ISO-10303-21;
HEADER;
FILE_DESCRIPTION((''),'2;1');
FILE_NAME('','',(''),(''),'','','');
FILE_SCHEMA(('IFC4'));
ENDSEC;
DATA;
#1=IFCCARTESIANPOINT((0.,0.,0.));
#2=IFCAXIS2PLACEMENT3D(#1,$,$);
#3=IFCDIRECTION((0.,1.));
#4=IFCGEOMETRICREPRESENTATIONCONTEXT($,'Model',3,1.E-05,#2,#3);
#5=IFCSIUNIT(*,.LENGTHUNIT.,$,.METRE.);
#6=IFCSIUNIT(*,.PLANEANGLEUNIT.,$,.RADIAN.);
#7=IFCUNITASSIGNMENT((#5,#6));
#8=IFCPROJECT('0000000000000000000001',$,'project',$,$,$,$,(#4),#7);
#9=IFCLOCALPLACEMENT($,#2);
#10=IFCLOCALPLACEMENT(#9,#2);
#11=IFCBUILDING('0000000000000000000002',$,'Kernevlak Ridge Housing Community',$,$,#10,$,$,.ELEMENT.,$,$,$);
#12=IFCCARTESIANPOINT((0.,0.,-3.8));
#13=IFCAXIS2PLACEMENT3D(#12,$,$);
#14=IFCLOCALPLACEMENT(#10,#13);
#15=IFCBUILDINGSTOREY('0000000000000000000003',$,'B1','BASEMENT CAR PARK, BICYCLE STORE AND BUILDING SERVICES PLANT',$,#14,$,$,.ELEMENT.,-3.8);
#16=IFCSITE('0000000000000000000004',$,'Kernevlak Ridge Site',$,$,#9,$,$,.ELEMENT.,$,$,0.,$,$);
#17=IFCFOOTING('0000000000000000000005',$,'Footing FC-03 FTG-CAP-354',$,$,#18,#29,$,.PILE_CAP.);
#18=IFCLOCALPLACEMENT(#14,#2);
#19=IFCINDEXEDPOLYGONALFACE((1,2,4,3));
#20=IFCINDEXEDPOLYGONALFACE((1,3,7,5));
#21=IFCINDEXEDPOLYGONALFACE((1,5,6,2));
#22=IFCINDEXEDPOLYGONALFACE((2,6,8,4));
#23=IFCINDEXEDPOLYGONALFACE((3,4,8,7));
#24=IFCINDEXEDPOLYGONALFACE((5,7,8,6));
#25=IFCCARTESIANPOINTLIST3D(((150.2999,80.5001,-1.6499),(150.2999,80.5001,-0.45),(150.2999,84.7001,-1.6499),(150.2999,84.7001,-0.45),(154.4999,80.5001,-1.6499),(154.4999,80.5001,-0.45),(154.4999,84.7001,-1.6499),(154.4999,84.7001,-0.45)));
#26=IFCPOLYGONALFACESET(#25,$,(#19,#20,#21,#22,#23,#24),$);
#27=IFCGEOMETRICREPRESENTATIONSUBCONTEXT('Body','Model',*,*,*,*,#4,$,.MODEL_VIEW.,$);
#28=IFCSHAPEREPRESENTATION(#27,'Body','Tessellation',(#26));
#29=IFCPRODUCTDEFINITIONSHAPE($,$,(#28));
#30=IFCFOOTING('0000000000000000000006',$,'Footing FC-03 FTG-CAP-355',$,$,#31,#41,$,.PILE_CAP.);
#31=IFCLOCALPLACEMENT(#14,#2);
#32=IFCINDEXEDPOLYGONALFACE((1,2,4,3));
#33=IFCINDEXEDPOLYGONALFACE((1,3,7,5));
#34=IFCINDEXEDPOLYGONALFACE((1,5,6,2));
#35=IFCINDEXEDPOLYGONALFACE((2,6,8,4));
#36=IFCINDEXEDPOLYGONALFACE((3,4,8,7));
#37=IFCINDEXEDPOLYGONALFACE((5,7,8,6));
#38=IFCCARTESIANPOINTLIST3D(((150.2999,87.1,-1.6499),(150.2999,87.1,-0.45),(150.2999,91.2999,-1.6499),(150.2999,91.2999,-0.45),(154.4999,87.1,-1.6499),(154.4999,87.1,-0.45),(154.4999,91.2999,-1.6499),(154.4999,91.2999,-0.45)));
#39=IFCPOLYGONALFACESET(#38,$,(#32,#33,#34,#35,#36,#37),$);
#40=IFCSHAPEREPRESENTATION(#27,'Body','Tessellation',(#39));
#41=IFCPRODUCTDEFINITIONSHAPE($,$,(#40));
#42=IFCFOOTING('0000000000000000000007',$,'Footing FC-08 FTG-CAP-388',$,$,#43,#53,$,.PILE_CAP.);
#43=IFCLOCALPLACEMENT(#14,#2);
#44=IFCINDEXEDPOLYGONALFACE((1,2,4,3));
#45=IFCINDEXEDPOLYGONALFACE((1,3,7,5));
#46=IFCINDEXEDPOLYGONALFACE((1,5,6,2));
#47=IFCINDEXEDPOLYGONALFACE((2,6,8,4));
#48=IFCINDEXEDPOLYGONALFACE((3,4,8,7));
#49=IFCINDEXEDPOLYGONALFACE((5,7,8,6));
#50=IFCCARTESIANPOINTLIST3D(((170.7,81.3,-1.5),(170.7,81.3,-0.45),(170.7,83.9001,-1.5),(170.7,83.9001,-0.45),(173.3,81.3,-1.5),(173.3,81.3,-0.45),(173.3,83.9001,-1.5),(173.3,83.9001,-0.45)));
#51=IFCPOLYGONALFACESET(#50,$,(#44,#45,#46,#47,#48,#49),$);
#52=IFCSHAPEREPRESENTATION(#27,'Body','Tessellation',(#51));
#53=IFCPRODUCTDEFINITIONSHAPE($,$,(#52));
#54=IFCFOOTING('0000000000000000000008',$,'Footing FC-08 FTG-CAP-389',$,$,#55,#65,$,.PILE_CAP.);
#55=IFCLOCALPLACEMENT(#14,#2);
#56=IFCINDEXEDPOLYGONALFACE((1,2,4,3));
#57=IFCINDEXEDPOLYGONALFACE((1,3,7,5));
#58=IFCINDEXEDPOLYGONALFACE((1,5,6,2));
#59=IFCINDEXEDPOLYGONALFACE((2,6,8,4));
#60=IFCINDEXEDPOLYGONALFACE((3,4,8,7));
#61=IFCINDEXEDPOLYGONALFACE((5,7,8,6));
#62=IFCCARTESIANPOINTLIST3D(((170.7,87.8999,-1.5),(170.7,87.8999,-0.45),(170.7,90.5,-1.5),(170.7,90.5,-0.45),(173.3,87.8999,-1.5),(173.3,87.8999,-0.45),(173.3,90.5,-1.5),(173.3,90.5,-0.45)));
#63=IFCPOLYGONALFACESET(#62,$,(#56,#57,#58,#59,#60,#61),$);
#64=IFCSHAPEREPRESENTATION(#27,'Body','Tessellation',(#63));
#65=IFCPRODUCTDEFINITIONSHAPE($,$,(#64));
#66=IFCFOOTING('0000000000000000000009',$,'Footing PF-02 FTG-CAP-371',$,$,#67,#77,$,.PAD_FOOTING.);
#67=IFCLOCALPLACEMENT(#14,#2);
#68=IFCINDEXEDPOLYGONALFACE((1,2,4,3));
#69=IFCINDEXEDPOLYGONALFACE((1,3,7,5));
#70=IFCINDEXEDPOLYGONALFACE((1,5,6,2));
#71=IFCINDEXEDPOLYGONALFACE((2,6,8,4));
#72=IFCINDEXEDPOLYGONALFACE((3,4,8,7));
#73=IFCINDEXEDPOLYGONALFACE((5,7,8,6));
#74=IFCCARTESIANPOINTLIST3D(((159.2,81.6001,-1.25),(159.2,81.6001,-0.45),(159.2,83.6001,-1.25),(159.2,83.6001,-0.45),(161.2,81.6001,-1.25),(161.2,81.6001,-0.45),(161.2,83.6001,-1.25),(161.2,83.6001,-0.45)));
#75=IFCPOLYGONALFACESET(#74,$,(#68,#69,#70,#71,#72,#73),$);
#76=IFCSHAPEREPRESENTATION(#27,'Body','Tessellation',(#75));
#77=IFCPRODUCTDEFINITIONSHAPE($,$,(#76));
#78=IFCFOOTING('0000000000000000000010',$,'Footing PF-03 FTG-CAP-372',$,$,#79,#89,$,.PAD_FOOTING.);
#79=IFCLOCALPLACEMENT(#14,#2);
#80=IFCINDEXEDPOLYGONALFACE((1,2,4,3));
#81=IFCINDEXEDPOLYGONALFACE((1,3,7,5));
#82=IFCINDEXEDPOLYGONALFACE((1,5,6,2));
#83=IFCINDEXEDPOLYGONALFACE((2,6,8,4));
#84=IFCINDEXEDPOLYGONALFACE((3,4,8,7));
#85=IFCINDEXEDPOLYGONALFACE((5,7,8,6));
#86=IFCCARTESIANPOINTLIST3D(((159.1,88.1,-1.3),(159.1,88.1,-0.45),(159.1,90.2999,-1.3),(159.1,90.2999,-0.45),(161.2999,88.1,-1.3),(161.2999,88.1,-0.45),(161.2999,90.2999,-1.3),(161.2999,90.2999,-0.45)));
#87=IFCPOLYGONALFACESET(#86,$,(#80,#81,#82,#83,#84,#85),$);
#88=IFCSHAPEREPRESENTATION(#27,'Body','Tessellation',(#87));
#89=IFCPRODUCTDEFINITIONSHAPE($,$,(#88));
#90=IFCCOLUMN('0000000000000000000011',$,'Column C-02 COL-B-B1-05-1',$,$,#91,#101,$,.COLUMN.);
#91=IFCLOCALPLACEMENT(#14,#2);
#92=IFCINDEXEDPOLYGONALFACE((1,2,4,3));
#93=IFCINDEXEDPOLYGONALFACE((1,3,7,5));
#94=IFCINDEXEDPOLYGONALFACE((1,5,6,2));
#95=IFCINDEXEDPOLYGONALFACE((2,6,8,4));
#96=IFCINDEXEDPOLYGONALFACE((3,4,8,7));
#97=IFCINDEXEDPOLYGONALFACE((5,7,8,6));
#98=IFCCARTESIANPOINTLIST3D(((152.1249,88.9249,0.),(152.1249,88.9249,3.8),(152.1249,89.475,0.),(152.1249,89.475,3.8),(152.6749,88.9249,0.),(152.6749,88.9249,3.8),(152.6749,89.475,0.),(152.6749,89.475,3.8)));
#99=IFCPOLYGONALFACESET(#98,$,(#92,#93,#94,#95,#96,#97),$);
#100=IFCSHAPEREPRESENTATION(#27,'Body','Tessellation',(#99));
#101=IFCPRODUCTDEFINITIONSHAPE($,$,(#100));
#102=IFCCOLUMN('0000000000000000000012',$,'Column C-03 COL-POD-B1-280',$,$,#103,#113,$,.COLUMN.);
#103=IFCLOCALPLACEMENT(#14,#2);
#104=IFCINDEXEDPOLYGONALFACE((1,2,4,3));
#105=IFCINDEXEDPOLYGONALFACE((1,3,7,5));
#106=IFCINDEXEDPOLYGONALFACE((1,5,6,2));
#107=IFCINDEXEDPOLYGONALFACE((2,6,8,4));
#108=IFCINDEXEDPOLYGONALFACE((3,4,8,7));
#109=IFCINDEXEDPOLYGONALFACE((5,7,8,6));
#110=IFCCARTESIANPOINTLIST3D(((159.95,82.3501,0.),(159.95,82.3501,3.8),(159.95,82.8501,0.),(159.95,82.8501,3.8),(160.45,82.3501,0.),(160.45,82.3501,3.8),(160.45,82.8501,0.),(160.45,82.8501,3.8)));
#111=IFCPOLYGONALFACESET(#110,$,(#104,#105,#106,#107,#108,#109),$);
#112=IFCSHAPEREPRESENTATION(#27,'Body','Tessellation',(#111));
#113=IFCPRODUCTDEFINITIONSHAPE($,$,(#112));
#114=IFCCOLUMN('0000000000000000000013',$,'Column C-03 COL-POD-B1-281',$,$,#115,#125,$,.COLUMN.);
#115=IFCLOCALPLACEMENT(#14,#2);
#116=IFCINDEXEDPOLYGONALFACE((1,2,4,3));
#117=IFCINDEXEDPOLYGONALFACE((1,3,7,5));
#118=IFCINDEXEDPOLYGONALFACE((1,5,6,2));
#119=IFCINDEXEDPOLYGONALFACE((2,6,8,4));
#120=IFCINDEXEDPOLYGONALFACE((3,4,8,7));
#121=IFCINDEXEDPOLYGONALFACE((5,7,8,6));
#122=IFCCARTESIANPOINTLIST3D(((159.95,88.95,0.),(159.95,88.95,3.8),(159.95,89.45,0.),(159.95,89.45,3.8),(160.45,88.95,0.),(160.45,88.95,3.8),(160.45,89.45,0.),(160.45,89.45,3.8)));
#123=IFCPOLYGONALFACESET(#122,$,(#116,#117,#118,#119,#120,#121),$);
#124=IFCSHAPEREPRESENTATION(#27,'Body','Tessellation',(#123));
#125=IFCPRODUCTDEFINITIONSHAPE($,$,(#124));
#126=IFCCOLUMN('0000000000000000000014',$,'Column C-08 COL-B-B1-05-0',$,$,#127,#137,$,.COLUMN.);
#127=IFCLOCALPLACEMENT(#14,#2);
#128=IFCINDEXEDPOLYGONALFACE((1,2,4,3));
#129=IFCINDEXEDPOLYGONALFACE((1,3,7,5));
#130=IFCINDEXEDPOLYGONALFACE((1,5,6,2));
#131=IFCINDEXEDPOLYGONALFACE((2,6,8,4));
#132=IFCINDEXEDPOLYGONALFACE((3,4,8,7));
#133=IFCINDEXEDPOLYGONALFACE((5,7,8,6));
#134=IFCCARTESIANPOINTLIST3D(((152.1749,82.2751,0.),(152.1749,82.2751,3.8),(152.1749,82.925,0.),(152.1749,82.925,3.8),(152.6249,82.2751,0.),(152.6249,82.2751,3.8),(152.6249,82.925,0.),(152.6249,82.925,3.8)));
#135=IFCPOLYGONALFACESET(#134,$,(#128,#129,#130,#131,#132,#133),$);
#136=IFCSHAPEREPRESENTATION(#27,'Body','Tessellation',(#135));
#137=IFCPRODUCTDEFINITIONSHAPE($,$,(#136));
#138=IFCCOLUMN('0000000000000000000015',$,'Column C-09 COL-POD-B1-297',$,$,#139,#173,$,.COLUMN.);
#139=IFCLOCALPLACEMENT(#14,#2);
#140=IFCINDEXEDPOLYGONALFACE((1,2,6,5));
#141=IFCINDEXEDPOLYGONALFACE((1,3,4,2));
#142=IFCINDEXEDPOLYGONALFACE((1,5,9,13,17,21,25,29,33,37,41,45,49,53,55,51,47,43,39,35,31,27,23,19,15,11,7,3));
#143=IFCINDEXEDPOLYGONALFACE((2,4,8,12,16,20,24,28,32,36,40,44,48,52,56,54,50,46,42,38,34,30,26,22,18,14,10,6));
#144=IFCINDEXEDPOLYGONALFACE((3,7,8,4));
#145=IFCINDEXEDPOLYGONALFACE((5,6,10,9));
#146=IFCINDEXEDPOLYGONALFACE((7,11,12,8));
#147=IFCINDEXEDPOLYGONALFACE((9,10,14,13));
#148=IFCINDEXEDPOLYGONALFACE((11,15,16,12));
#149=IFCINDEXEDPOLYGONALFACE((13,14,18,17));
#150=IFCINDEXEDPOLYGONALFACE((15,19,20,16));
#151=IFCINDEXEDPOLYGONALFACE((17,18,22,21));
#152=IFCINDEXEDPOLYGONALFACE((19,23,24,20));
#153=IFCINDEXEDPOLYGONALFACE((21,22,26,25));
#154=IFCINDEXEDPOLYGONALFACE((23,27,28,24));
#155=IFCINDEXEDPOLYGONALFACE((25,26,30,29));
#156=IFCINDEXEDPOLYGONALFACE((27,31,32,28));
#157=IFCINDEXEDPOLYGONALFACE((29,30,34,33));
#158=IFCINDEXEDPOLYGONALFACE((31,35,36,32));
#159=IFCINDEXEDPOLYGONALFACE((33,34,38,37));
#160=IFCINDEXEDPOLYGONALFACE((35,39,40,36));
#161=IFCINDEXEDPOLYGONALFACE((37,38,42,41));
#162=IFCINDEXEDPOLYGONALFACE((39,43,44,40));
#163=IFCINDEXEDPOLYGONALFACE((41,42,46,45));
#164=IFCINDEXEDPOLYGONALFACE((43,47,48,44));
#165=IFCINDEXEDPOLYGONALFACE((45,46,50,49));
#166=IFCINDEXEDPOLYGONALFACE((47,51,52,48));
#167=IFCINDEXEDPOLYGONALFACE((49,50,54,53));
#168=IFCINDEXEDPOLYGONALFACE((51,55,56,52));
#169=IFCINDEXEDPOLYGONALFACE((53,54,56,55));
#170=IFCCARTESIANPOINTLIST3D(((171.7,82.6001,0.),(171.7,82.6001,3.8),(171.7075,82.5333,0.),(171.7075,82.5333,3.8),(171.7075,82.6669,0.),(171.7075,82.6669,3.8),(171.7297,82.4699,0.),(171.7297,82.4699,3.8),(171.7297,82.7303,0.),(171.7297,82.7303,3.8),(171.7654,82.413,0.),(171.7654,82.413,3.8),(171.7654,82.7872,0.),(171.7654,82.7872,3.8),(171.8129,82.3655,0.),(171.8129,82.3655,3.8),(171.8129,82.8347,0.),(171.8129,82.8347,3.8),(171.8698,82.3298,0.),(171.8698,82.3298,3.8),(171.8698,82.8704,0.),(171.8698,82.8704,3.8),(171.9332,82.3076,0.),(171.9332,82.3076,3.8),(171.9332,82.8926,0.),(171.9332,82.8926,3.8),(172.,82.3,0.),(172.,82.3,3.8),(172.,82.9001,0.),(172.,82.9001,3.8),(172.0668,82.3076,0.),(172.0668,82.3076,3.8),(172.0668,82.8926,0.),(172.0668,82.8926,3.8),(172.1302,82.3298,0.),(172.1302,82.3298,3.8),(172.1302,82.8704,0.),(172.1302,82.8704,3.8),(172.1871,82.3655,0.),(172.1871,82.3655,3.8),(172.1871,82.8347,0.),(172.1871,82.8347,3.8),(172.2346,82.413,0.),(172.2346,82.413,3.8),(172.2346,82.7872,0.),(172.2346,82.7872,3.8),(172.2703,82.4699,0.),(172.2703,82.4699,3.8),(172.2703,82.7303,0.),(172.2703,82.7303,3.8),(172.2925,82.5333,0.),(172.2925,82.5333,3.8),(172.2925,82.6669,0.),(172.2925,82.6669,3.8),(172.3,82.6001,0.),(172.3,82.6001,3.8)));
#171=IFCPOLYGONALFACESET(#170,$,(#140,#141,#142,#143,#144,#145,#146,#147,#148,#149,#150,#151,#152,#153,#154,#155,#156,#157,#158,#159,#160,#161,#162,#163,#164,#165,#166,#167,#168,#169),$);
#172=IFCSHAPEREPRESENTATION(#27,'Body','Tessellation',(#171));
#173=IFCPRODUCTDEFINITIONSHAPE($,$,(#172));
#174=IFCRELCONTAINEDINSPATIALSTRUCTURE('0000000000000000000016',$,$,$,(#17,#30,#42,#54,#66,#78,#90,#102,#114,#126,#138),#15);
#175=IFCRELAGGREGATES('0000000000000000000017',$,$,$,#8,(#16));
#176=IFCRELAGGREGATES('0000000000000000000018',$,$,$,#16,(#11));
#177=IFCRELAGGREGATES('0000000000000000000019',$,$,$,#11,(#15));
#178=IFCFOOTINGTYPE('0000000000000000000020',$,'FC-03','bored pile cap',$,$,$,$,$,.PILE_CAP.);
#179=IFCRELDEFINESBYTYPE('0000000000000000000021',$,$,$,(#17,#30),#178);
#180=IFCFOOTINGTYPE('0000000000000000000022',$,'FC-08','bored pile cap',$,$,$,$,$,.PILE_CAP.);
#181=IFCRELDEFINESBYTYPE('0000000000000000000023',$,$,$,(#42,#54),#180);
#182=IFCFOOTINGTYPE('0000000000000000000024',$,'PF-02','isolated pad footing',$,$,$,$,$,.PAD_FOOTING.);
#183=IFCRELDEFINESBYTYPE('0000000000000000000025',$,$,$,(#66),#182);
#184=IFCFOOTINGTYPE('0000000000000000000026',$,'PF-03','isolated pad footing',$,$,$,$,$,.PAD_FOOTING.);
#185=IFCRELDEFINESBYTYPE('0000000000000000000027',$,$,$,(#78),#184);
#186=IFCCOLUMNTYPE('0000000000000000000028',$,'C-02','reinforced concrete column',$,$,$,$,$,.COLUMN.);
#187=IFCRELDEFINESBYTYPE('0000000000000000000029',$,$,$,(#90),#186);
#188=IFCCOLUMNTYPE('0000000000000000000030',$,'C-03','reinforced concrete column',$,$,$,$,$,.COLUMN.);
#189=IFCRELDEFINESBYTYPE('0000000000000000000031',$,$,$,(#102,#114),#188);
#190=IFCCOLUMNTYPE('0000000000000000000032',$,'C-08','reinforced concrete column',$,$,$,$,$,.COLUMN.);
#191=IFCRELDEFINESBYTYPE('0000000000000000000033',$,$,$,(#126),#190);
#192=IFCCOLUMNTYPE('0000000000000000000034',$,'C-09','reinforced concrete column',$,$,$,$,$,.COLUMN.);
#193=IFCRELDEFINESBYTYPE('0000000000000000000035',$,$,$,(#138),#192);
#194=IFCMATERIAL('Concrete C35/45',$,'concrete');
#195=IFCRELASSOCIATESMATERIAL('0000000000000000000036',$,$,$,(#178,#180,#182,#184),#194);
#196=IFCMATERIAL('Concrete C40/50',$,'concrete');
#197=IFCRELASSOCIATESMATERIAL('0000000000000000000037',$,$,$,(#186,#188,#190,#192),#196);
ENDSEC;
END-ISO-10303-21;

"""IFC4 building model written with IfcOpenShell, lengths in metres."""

from ifc_helpers import new_model, si_unit, direction, frame, origin, origin_2d, place, context, subcontext, project, spatial, rectangle, circle, extrude, material, material_profile, profile_set, type_object, element, save


model = new_model("IFC4")

# Units and contexts
model_context = context("Model", 3, precision=1e-05, world=origin(), true_north=direction((0.0, 1.0)))
body_context = subcontext(model_context, "Body", "Model", "MODEL_VIEW")
ifc_project = project(units=[si_unit("LENGTHUNIT", "METRE"), si_unit("PLANEANGLEUNIT", "RADIAN")], contexts=[model_context])

# Site, building, storey
site_placement = place(None, origin())
site = spatial("IfcSite", under=ifc_project, at=site_placement, Name="Kernevlak Ridge Site", CompositionType="ELEMENT", RefElevation=0.0)
building_placement = place(site_placement, origin())
building = spatial("IfcBuilding", under=site, at=building_placement, Name="Kernevlak Ridge Housing Community", CompositionType="ELEMENT")
storey_placement = place(building_placement, frame((0.0, 0.0, -3.8)))
storey = spatial("IfcBuildingStorey", under=building, at=storey_placement, Name="B1", Description="BASEMENT CAR PARK, BICYCLE STORE AND BUILDING SERVICES PLANT", CompositionType="ELEMENT", Elevation=-3.8)

# Shared definitions
ifc_material_1 = material(Name="Concrete C35/45", Category="concrete")

# Footings
footing_type_1 = type_object("IfcFootingType", Name="FC-03", Description="bored pile cap", PredefinedType="PILE_CAP", material=ifc_material_1)
for number, where, z_axis, x_axis, name in (
    (1, (152.3999, 82.6001, -1.6499), (0.0, 0.0, 1.0), (1.0, 0.0, 0.0), "Footing FC-03 FTG-CAP-354"),
    (2, (152.3999, 89.2, -1.6499), (0.0, 0.0, 1.0), (1.0, 0.0, 0.0), "Footing FC-03 FTG-CAP-355"),
):
    element("IfcFooting", number, at=place(storey_placement, frame(where, z_axis=z_axis, x_axis=x_axis)), inside=storey, type_object=footing_type_1, Name=name, PredefinedType="PILE_CAP", context=body_context, shape_type="SweptSolid", body=[
        extrude(rectangle(XDim=4.2, YDim=4.2, at=origin_2d()), origin(), (0.0, 0.0, 1.0), 1.2),
    ])
footing_type_2 = type_object("IfcFootingType", Name="FC-08", Description="bored pile cap", PredefinedType="PILE_CAP", material=ifc_material_1)
for number, where, z_axis, x_axis, name in (
    (3, (172.0, 82.6001, -1.5), (0.0, 0.0, 1.0), (1.0, 0.0, 0.0), "Footing FC-08 FTG-CAP-388"),
    (4, (172.0, 89.2, -1.5), (0.0, 0.0, 1.0), (1.0, 0.0, 0.0), "Footing FC-08 FTG-CAP-389"),
):
    element("IfcFooting", number, at=place(storey_placement, frame(where, z_axis=z_axis, x_axis=x_axis)), inside=storey, type_object=footing_type_2, Name=name, PredefinedType="PILE_CAP", context=body_context, shape_type="SweptSolid", body=[
        extrude(rectangle(XDim=2.6001, YDim=2.6001, at=origin_2d()), origin(), (0.0, 0.0, 1.0), 1.05),
    ])
footing_type_3 = type_object("IfcFootingType", Name="PF-02", Description="isolated pad footing", PredefinedType="PAD_FOOTING", material=ifc_material_1)
footing_1_placement = place(storey_placement, frame((160.2, 82.6001, -1.25), z_axis=(0.0, 0.0, 1.0), x_axis=(1.0, 0.0, 0.0)))
element("IfcFooting", 5, at=footing_1_placement, inside=storey, type_object=footing_type_3, Name="Footing PF-02 FTG-CAP-371", PredefinedType="PAD_FOOTING", context=body_context, shape_type="SweptSolid", body=[
    extrude(rectangle(XDim=2.0, YDim=2.0, at=origin_2d()), origin(), (0.0, 0.0, 1.0), 0.8),
])
footing_type_4 = type_object("IfcFootingType", Name="PF-03", Description="isolated pad footing", PredefinedType="PAD_FOOTING", material=ifc_material_1)
footing_2_placement = place(storey_placement, frame((160.2, 89.2, -1.3), z_axis=(0.0, 0.0, 1.0), x_axis=(1.0, 0.0, 0.0)))
element("IfcFooting", 6, at=footing_2_placement, inside=storey, type_object=footing_type_4, Name="Footing PF-03 FTG-CAP-372", PredefinedType="PAD_FOOTING", context=body_context, shape_type="SweptSolid", body=[
    extrude(rectangle(XDim=2.2, YDim=2.2, at=origin_2d()), origin(), (0.0, 0.0, 1.0), 0.8501),
])

# Columns
ifc_material_2 = material(Name="Concrete C40/50", Category="concrete")
ifc_material_profile_1 = material_profile(ifc_material_2, rectangle(XDim=0.55, YDim=0.55, at=origin_2d()), Name="RC 550x550")
ifc_profile_set_1 = profile_set([ifc_material_profile_1], Name="Concrete C40/50")
column_type_1 = type_object("IfcColumnType", Name="C-02", Description="reinforced concrete column", PredefinedType="COLUMN", material=ifc_profile_set_1)
column_1_placement = place(storey_placement, frame((152.3999, 89.2, 0.0), z_axis=(0.0, 0.0, 1.0), x_axis=(1.0, 0.0, 0.0)))
element("IfcColumn", 7, at=column_1_placement, inside=storey, type_object=column_type_1, Name="Column C-02 COL-B-B1-05-1", PredefinedType="COLUMN", context=body_context, shape_type="SweptSolid", body=[
    extrude(rectangle(XDim=0.55, YDim=0.55, at=origin_2d()), origin(), (0.0, 0.0, 1.0), 3.8),
])
ifc_material_profile_2 = material_profile(ifc_material_2, rectangle(XDim=0.5, YDim=0.5, at=origin_2d()), Name="RC 500x500")
ifc_profile_set_2 = profile_set([ifc_material_profile_2], Name="Concrete C40/50")
column_type_2 = type_object("IfcColumnType", Name="C-03", Description="reinforced concrete column", PredefinedType="COLUMN", material=ifc_profile_set_2)
for number, where, z_axis, x_axis, name in (
    (8, (160.2, 82.6001, 0.0), (0.0, 0.0, 1.0), (1.0, 0.0, 0.0), "Column C-03 COL-POD-B1-280"),
    (9, (160.2, 89.2, 0.0), (0.0, 0.0, 1.0), (1.0, 0.0, 0.0), "Column C-03 COL-POD-B1-281"),
):
    element("IfcColumn", number, at=place(storey_placement, frame(where, z_axis=z_axis, x_axis=x_axis)), inside=storey, type_object=column_type_2, Name=name, PredefinedType="COLUMN", context=body_context, shape_type="SweptSolid", body=[
        extrude(rectangle(XDim=0.5, YDim=0.5, at=origin_2d()), origin(), (0.0, 0.0, 1.0), 3.8),
    ])
ifc_material_profile_3 = material_profile(ifc_material_2, rectangle(XDim=0.45, YDim=0.6499, at=origin_2d()), Name="RC 450x650")
ifc_profile_set_3 = profile_set([ifc_material_profile_3], Name="Concrete C40/50")
column_type_3 = type_object("IfcColumnType", Name="C-08", Description="reinforced concrete column", PredefinedType="COLUMN", material=ifc_profile_set_3)
column_2_placement = place(storey_placement, frame((152.3999, 82.6001, 0.0), z_axis=(0.0, 0.0, 1.0), x_axis=(1.0, 0.0, 0.0)))
element("IfcColumn", 10, at=column_2_placement, inside=storey, type_object=column_type_3, Name="Column C-08 COL-B-B1-05-0", PredefinedType="COLUMN", context=body_context, shape_type="SweptSolid", body=[
    extrude(rectangle(XDim=0.45, YDim=0.6499, at=origin_2d()), origin(), (0.0, 0.0, 1.0), 3.8),
])
ifc_material_profile_4 = material_profile(ifc_material_2, circle(Radius=0.3, at=origin_2d()), Name="RC D600")
ifc_profile_set_4 = profile_set([ifc_material_profile_4], Name="Concrete C40/50")
column_type_4 = type_object("IfcColumnType", Name="C-09", Description="reinforced concrete column", PredefinedType="COLUMN", material=ifc_profile_set_4)
for number, where, z_axis, x_axis, name in (
    (11, (172.0, 82.6001, 0.0), (0.0, 0.0, 1.0), (1.0, 0.0, 0.0), "Column C-09 COL-POD-B1-297"),
):
    element("IfcColumn", number, at=place(storey_placement, frame(where, z_axis=z_axis, x_axis=x_axis)), inside=storey, type_object=column_type_4, Name=name, PredefinedType="COLUMN", context=body_context, shape_type="SweptSolid", body=[
        extrude(circle(Radius=0.3, at=origin_2d()), origin(), (0.0, 0.0, 1.0), 3.8),
    ])

save(model, "model.ifc")
